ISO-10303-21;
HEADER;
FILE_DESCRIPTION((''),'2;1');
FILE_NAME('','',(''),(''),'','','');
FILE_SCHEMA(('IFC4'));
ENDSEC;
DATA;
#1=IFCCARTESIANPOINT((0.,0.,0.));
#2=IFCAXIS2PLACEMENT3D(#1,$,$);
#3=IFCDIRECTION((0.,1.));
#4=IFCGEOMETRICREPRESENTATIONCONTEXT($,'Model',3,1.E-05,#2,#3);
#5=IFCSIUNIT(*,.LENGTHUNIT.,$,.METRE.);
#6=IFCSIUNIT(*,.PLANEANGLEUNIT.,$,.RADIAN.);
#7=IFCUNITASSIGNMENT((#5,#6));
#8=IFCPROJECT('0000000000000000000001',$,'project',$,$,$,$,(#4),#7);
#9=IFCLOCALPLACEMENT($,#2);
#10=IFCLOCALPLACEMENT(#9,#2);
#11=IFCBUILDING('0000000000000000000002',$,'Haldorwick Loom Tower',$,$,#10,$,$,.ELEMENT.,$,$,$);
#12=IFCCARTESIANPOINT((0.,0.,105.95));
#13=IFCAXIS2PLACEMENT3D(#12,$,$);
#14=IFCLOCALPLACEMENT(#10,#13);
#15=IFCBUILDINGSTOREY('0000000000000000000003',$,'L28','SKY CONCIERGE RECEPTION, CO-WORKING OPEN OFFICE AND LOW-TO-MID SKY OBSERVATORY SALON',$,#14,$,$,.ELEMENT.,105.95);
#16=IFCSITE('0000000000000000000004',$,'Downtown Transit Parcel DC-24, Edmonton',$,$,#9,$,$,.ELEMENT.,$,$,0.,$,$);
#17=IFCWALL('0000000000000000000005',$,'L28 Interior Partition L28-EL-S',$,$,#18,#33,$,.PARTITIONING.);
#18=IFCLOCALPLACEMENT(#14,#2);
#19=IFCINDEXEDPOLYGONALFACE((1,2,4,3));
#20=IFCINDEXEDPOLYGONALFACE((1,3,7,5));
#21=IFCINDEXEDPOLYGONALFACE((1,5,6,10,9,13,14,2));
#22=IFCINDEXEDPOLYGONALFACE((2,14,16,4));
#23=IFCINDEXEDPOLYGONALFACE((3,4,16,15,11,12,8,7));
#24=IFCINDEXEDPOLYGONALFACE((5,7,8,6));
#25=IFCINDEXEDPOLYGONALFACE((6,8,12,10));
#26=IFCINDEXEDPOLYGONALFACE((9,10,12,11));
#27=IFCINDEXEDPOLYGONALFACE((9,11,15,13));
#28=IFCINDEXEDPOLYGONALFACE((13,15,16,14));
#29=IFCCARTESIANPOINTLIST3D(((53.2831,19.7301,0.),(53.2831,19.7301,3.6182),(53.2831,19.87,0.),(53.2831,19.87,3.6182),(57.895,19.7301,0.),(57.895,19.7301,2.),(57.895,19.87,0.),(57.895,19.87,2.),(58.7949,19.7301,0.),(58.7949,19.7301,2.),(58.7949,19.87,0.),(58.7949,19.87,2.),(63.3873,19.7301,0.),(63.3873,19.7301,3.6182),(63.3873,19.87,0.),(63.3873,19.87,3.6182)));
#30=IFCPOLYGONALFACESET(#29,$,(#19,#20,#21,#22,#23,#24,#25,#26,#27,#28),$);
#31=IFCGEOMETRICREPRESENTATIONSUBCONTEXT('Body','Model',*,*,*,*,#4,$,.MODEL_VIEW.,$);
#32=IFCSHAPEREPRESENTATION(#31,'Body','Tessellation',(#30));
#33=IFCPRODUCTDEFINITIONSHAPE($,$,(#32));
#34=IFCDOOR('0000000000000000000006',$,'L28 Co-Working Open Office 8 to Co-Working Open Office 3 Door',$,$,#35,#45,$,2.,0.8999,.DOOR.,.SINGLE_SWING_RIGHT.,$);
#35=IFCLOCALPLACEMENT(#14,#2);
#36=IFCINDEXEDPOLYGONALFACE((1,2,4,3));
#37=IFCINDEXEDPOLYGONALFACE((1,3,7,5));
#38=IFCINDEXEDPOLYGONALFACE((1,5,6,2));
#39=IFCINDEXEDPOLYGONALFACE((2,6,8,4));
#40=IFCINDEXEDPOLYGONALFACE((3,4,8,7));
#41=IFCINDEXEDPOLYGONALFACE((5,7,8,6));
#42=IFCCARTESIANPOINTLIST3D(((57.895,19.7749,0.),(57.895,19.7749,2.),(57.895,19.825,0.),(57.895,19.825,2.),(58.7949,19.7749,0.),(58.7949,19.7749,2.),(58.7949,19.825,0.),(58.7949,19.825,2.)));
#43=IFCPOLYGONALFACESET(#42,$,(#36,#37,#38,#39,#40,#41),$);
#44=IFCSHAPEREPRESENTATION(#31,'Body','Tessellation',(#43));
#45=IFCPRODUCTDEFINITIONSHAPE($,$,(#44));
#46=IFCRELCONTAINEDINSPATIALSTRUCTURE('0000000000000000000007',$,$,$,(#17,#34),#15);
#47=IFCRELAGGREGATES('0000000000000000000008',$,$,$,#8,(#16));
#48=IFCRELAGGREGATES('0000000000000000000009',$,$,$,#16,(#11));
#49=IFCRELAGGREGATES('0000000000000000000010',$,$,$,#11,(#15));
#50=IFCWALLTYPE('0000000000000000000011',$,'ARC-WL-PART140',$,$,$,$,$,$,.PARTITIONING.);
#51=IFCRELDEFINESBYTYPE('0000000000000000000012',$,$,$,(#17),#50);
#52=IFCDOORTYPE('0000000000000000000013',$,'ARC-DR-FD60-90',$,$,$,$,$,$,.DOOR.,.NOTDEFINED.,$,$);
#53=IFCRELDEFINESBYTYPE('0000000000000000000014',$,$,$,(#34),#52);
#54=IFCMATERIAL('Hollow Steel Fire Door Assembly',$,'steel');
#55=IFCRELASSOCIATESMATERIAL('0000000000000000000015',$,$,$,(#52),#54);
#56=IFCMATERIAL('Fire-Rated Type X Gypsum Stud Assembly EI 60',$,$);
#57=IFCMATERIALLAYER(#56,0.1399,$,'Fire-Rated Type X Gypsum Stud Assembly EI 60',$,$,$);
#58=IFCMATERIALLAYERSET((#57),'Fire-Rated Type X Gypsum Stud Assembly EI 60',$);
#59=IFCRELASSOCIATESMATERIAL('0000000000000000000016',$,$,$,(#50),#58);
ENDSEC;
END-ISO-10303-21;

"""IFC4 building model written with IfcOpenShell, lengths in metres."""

from ifc_helpers import new_model, si_unit, direction, frame, frame_2d, origin, place, context, subcontext, project, spatial, rectangle, extrude, material, layer, layer_set, type_object, element, fill, save


model = new_model("IFC4")

# Units and contexts
model_context = context("Model", 3, precision=1e-05, world=origin(), true_north=direction((0.0, 1.0)))
body_context = subcontext(model_context, "Body", "Model", "MODEL_VIEW")
ifc_project = project(units=[si_unit("LENGTHUNIT", "METRE"), si_unit("PLANEANGLEUNIT", "RADIAN")], contexts=[model_context])

# Site, building, storey
site_placement = place(None, origin())
site = spatial("IfcSite", under=ifc_project, at=site_placement, Name="Downtown Transit Parcel DC-24, Edmonton", CompositionType="ELEMENT", RefElevation=0.0)
building_placement = place(site_placement, origin())
building = spatial("IfcBuilding", under=site, at=building_placement, Name="Haldorwick Loom Tower", CompositionType="ELEMENT")
storey_placement = place(building_placement, frame((0.0, 0.0, 105.95)))
storey = spatial("IfcBuildingStorey", under=building, at=storey_placement, Name="L28", Description="SKY CONCIERGE RECEPTION, CO-WORKING OPEN OFFICE AND LOW-TO-MID SKY OBSERVATORY SALON", CompositionType="ELEMENT", Elevation=105.95)

# Shared definitions
ifc_material_1 = material(Name="Fire-Rated Type X Gypsum Stud Assembly EI 60")
ifc_material_2 = material(Name="Hollow Steel Fire Door Assembly", Category="steel")
door_type = type_object("IfcDoorType", Name="ARC-DR-FD60-90", OperationType="NOTDEFINED", PredefinedType="DOOR", material=ifc_material_2)

# Shared definitions
ifc_layer_1 = layer(ifc_material_1, 0.1399, Name="Fire-Rated Type X Gypsum Stud Assembly EI 60")
ifc_layer_set_1 = layer_set([ifc_layer_1], Name="Fire-Rated Type X Gypsum Stud Assembly EI 60")
wall_type_1 = type_object("IfcWallType", Name="ARC-WL-PART140", PredefinedType="PARTITIONING", material=ifc_layer_set_1)

# Wall, opening, door
wall_1_placement = place(storey_placement, frame((53.283, 19.8, 0.0), z_axis=(0.0, 0.0, 1.0), x_axis=(1.0, 0.0, 0.0)))
wall_1 = element("IfcWall", 1, at=wall_1_placement, inside=storey, type_object=wall_type_1, Name="L28 Interior Partition L28-EL-S", PredefinedType="PARTITIONING", context=body_context, shape_type="SweptSolid", body=[
    extrude(rectangle(XDim=10.1042, YDim=0.1399, at=frame_2d((5.0522, 0.0))), origin(), (0.0, 0.0, 1.0), 3.6182),
])
opening_1_placement = place(wall_1_placement, frame((4.6121, 0.0, 0.0)))
opening_1 = element("IfcOpeningElement", 2, at=opening_1_placement, cuts=wall_1, PredefinedType="OPENING", context=body_context, shape_type="SweptSolid", body=[
    extrude(rectangle(XDim=0.8999, YDim=2.0, at=frame_2d((0.45, 1.0))), frame((0.0, 0.0798, 0.0), z_axis=(0.0, -1.0, 0.0), x_axis=(1.0, 0.0, 0.0)), (0.0, 0.0, 1.0), 0.1599),
])
door_1_placement = place(opening_1_placement, origin())
door_1 = element("IfcDoor", 3, at=door_1_placement, inside=storey, type_object=door_type, Name="L28 Co-Working Open Office 8 to Co-Working Open Office 3 Door", OperationType="SINGLE_SWING_RIGHT", OverallHeight=2.0, OverallWidth=0.8999, PredefinedType="DOOR", context=body_context, shape_type="SweptSolid", body=[
    extrude(rectangle(XDim=0.8999, YDim=2.0, at=frame_2d((0.45, 1.0))), frame((0.0, 0.0249, 0.0), z_axis=(0.0, -1.0, 0.0), x_axis=(1.0, 0.0, 0.0)), (0.0, 0.0, 1.0), 0.05),
])
fill(opening_1, door_1)

save(model, "model.ifc")
